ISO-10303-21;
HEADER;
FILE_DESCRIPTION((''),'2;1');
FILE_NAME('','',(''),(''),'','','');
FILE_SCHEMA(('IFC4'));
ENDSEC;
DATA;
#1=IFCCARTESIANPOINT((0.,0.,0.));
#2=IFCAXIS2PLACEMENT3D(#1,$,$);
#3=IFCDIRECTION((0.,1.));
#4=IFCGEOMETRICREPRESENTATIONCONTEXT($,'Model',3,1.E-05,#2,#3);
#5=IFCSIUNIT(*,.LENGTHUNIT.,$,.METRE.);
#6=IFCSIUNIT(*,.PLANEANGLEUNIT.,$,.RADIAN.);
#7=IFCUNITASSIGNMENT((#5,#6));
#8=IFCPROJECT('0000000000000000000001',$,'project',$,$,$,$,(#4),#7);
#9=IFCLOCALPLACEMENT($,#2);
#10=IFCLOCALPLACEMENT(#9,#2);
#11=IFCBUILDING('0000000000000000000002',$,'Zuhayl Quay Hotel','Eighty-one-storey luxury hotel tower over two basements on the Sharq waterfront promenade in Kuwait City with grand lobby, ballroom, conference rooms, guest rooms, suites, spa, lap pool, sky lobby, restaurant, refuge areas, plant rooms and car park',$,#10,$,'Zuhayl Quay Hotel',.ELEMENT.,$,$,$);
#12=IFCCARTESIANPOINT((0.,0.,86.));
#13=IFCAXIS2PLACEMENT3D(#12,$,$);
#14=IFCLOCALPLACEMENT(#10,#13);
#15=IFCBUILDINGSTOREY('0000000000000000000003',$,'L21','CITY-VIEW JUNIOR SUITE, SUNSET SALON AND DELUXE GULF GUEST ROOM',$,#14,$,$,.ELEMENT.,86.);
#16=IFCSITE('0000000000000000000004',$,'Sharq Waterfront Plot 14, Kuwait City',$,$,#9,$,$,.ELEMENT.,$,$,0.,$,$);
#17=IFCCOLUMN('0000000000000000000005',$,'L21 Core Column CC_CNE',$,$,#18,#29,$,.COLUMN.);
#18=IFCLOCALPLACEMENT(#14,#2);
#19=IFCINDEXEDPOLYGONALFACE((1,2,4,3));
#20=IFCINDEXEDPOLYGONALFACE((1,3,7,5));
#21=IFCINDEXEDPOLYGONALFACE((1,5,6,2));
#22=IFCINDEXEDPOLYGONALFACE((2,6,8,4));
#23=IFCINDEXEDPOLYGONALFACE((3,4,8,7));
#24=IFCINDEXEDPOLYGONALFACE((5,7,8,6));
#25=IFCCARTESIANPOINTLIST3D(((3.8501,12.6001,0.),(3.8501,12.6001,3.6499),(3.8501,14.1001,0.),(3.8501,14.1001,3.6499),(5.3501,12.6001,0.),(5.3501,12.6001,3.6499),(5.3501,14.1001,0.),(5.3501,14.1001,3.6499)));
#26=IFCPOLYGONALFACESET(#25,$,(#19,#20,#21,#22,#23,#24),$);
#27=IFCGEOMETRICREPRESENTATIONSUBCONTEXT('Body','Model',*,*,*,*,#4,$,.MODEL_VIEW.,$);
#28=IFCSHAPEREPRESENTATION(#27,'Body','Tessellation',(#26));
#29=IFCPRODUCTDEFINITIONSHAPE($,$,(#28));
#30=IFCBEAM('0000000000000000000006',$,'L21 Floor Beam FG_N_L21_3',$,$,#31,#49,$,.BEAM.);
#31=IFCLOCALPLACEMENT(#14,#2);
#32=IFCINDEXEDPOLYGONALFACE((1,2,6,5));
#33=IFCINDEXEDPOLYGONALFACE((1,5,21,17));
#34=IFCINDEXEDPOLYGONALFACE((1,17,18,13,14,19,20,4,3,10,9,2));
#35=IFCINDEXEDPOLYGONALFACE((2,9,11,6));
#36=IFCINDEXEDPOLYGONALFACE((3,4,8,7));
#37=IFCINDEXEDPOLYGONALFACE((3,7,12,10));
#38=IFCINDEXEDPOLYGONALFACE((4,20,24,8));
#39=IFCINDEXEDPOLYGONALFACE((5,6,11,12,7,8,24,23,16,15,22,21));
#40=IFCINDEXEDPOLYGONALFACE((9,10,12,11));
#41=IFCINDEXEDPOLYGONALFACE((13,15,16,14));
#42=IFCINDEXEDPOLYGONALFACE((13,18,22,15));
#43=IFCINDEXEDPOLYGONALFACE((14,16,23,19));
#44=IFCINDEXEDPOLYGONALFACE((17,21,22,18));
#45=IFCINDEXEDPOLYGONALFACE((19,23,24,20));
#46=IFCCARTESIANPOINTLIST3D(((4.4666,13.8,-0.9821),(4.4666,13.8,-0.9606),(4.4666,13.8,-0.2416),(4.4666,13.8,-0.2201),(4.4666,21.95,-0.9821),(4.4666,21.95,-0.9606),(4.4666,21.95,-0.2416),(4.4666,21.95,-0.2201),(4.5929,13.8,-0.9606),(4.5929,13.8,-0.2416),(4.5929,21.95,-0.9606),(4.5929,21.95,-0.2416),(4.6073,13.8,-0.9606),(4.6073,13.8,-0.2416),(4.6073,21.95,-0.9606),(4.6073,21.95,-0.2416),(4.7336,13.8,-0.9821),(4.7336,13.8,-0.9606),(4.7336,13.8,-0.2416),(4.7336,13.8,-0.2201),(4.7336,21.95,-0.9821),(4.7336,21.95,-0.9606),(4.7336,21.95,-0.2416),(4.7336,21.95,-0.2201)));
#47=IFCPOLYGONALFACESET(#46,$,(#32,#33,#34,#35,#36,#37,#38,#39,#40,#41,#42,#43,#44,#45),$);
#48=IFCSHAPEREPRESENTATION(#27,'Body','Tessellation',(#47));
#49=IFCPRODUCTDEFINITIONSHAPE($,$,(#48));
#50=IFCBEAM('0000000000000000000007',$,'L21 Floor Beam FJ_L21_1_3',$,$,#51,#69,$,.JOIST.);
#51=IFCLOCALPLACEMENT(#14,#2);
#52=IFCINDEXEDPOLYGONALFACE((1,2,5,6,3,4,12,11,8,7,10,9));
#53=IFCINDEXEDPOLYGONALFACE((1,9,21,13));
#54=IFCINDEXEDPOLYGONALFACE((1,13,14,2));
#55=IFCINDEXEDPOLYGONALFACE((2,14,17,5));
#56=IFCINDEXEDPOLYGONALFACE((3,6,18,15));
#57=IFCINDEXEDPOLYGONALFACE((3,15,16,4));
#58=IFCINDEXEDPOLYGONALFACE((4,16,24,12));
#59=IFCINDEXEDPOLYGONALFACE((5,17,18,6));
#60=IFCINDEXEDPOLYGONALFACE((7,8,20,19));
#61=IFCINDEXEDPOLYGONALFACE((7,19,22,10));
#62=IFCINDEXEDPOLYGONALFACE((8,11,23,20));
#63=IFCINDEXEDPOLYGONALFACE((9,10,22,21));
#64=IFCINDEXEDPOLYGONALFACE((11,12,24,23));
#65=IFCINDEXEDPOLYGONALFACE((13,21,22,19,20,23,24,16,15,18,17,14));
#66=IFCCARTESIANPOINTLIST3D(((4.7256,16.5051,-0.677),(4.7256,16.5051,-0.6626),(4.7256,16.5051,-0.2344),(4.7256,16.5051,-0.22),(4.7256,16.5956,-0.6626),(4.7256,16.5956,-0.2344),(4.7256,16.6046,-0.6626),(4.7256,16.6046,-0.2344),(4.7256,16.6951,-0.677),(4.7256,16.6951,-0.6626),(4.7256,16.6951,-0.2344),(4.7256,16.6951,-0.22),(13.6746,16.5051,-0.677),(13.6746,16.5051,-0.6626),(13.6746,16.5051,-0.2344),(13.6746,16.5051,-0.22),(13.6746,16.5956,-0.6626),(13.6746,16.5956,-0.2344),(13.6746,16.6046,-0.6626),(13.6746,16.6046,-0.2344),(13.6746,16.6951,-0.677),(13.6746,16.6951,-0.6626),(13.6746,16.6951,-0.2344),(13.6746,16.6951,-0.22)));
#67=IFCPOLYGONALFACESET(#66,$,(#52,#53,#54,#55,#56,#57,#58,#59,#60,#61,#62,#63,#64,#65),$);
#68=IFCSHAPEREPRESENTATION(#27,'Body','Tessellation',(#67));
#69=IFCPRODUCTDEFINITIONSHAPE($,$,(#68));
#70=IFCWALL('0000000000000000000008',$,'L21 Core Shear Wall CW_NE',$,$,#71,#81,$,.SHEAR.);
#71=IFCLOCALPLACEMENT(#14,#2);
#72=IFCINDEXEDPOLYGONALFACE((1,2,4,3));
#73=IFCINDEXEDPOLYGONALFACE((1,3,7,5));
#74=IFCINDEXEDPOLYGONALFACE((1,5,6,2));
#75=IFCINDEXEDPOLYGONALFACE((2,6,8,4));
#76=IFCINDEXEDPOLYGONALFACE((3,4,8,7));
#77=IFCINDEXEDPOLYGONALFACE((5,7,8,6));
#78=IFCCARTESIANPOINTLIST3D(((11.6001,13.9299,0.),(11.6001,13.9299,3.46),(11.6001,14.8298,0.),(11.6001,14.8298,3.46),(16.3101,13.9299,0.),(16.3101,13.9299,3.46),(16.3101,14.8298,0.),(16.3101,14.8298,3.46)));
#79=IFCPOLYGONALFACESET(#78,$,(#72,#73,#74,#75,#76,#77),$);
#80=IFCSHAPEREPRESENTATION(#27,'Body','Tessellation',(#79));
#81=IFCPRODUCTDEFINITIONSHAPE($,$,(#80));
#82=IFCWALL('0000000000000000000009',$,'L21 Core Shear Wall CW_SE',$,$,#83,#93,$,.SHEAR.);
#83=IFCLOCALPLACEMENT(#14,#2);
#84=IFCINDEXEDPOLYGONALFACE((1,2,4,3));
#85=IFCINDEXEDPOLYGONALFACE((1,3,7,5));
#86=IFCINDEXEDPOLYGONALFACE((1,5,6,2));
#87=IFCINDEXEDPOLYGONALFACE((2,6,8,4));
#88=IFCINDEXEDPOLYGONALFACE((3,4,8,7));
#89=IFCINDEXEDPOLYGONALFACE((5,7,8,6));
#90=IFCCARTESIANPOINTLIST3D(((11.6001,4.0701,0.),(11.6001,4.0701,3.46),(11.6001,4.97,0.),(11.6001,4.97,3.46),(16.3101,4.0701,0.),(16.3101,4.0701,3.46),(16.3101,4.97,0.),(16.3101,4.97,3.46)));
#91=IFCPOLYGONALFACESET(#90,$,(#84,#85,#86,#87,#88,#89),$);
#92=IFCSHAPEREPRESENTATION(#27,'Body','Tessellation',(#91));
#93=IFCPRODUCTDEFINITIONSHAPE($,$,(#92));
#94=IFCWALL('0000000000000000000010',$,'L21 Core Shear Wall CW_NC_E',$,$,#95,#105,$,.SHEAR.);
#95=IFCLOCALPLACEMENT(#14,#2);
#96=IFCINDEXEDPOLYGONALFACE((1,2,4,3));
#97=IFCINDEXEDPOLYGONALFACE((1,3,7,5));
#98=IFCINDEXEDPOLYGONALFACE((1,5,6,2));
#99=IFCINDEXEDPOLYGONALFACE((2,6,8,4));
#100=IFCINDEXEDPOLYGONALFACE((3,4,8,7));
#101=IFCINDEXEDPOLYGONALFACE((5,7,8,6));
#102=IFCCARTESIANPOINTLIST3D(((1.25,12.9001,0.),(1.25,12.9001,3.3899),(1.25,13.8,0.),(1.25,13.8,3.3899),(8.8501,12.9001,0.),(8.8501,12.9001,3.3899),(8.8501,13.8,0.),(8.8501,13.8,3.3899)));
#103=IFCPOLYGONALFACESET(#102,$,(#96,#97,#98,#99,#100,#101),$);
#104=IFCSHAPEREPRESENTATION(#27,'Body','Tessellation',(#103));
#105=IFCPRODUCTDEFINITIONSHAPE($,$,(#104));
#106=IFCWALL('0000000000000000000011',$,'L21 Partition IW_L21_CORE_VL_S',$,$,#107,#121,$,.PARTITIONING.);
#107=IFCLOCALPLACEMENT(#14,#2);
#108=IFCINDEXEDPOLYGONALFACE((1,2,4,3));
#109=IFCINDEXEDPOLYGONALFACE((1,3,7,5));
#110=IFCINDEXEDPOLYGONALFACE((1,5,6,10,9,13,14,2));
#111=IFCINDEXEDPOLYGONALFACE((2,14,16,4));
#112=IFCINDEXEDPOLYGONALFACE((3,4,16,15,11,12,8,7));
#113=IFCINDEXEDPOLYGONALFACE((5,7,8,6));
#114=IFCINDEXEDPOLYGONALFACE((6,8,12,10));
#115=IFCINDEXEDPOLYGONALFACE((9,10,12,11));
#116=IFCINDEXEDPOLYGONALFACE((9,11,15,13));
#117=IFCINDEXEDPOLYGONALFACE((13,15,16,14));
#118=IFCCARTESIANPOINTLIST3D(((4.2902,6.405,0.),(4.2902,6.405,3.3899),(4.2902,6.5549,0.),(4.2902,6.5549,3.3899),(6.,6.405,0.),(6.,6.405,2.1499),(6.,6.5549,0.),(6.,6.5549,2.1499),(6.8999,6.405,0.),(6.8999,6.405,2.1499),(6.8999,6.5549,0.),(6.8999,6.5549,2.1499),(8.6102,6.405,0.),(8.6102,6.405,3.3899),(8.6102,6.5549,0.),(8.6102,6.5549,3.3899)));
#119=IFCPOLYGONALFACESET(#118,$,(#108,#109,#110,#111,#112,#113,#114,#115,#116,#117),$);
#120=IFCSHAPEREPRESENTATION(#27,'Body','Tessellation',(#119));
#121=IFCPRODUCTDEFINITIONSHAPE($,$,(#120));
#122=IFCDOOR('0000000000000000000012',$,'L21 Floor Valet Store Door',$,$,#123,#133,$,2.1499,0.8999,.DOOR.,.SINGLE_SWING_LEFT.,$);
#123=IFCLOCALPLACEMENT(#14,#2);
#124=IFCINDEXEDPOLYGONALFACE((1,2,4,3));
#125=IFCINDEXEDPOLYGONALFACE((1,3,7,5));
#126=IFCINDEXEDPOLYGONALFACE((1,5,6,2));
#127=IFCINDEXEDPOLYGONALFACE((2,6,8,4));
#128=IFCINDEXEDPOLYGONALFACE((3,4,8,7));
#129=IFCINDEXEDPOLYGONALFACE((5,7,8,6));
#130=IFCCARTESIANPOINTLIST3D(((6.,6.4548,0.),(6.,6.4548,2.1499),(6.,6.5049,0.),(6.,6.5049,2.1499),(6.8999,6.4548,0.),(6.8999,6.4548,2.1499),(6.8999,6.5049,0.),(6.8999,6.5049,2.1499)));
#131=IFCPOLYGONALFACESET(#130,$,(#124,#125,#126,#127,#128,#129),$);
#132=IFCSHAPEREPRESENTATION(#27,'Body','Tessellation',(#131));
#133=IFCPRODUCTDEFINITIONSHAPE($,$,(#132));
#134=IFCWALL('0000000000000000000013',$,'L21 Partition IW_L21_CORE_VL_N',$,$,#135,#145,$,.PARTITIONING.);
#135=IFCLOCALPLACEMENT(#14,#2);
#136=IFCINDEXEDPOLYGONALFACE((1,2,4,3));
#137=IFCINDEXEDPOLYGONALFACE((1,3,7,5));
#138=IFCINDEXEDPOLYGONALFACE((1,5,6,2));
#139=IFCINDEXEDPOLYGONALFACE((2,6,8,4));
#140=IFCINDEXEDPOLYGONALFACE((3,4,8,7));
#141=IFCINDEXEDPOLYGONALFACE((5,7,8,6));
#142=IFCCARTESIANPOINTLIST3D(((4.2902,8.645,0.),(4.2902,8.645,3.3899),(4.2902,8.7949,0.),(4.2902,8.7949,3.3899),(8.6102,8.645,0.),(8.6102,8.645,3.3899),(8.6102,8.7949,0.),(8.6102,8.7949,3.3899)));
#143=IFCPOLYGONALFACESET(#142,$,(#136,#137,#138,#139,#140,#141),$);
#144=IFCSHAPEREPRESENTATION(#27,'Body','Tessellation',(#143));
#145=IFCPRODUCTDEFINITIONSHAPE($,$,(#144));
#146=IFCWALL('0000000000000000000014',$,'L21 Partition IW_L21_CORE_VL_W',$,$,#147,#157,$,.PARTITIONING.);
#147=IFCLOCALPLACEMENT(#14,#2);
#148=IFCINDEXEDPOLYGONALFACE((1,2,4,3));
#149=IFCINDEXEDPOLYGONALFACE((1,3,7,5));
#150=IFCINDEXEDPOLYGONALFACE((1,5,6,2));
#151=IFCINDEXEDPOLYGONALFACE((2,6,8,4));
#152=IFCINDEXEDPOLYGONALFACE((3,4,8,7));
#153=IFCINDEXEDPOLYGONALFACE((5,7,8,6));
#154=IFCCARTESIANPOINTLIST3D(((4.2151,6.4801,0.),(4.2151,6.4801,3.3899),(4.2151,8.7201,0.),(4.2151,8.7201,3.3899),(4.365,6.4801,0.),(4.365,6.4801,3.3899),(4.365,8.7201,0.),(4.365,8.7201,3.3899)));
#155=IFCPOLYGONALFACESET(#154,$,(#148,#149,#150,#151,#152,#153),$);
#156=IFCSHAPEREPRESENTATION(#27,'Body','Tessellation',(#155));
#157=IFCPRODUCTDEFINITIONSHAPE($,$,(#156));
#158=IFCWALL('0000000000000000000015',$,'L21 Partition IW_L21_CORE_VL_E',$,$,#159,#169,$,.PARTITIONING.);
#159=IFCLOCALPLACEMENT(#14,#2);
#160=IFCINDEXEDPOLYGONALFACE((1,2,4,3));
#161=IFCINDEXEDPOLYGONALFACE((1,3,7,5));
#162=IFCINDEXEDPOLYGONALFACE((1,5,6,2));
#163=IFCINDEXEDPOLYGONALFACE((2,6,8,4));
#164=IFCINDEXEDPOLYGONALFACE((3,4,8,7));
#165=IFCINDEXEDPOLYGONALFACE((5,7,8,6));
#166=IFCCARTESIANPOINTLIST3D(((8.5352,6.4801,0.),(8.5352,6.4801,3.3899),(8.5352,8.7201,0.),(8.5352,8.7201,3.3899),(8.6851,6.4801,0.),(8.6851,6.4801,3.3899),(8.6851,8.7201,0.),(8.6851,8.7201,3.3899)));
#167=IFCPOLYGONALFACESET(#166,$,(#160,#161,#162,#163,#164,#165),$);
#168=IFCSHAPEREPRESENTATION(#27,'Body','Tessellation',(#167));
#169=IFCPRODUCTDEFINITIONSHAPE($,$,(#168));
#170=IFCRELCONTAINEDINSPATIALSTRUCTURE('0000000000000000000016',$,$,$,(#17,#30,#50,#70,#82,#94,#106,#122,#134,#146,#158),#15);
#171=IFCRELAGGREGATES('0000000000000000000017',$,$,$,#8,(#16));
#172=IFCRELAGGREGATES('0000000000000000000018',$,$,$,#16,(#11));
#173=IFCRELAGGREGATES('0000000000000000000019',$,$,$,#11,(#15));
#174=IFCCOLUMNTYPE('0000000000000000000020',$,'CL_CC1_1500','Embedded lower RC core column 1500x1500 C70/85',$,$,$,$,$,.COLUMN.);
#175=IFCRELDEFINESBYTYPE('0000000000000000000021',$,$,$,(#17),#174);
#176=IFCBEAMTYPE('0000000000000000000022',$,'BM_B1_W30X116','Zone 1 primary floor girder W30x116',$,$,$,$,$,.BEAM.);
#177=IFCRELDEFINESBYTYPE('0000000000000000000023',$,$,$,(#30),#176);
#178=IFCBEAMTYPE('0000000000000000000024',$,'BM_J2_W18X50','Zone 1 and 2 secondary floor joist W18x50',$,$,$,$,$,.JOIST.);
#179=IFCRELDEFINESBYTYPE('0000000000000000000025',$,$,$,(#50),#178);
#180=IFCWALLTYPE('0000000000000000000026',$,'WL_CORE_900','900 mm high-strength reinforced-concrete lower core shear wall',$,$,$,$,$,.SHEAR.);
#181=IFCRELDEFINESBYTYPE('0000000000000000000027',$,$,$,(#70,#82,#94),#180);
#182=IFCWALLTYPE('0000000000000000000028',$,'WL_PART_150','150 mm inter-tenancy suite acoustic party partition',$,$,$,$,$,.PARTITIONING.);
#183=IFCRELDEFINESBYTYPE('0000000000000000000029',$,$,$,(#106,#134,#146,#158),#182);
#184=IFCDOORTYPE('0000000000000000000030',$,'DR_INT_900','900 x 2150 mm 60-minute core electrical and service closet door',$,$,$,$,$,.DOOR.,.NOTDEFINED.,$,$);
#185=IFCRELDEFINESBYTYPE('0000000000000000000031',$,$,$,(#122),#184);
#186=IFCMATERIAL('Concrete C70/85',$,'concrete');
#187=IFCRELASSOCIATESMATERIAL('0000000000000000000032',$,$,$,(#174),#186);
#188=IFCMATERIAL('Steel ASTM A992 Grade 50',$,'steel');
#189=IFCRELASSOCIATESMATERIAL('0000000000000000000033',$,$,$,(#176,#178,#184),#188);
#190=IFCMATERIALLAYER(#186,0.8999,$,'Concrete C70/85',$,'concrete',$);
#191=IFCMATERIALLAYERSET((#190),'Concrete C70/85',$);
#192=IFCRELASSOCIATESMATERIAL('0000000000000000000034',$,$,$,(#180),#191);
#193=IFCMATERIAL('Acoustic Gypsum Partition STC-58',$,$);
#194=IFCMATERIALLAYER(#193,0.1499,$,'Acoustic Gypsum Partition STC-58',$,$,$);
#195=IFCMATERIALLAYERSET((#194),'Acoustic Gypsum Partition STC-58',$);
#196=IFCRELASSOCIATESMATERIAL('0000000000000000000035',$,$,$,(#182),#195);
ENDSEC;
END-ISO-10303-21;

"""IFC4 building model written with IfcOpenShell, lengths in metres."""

from ifc_helpers import new_model, si_unit, direction, frame, frame_2d, origin, origin_2d, place, context, subcontext, project, spatial, rectangle, i_section, extrude, material, layer, layer_set, material_profile, profile_set, type_object, element, fill, save


model = new_model("IFC4")

# Units and contexts
model_context = context("Model", 3, precision=1e-05, world=origin(), true_north=direction((0.0, 1.0)))
body_context = subcontext(model_context, "Body", "Model", "MODEL_VIEW")
ifc_project = project(units=[si_unit("LENGTHUNIT", "METRE"), si_unit("PLANEANGLEUNIT", "RADIAN")], contexts=[model_context])

# Site, building, storey
site_placement = place(None, origin())
site = spatial("IfcSite", under=ifc_project, at=site_placement, Name="Sharq Waterfront Plot 14, Kuwait City", CompositionType="ELEMENT", RefElevation=0.0)
building_placement = place(site_placement, origin())
building = spatial("IfcBuilding", under=site, at=building_placement, Name="Zuhayl Quay Hotel", Description="Eighty-one-storey luxury hotel tower over two basements on the Sharq waterfront promenade in Kuwait City with grand lobby, ballroom, conference rooms, guest rooms, suites, spa, lap pool, sky lobby, restaurant, refuge areas, plant rooms and car park", LongName="Zuhayl Quay Hotel", CompositionType="ELEMENT")
storey_placement = place(building_placement, frame((0.0, 0.0, 86.0)))
storey = spatial("IfcBuildingStorey", under=building, at=storey_placement, Name="L21", Description="CITY-VIEW JUNIOR SUITE, SUNSET SALON AND DELUXE GULF GUEST ROOM", CompositionType="ELEMENT", Elevation=86.0)

# Column
ifc_material_1 = material(Name="Concrete C70/85", Category="concrete")
ifc_material_profile_1 = material_profile(ifc_material_1, rectangle(XDim=1.5, YDim=1.5, at=origin_2d()), Name="RC1500X1500")
ifc_profile_set_1 = profile_set([ifc_material_profile_1], Name="Concrete C70/85")
column_type = type_object("IfcColumnType", Name="CL_CC1_1500", Description="Embedded lower RC core column 1500x1500 C70/85", PredefinedType="COLUMN", material=ifc_profile_set_1)
column_placement = place(storey_placement, frame((4.6001, 13.3501, 0.0), z_axis=(0.0, 0.0, 1.0), x_axis=(1.0, 0.0, 0.0)))
element("IfcColumn", 1, at=column_placement, inside=storey, type_object=column_type, Name="L21 Core Column CC_CNE", PredefinedType="COLUMN", context=body_context, shape_type="SweptSolid", body=[
    extrude(rectangle(XDim=1.5, YDim=1.5, at=origin_2d()), origin(), (0.0, 0.0, 1.0), 3.6499),
])

# Beams
ifc_material_2 = material(Name="Steel ASTM A992 Grade 50", Category="steel")
ifc_material_profile_2 = material_profile(ifc_material_2, i_section(OverallWidth=0.2671, OverallDepth=0.762, WebThickness=0.0144, FlangeThickness=0.0215, at=origin_2d()), Name="W30X116")
ifc_profile_set_2 = profile_set([ifc_material_profile_2], Name="Steel ASTM A992 Grade 50")
beam_type_1 = type_object("IfcBeamType", Name="BM_B1_W30X116", Description="Zone 1 primary floor girder W30x116", PredefinedType="BEAM", material=ifc_profile_set_2)
beam_1_placement = place(storey_placement, frame((4.6001, 13.8, -0.6011), z_axis=(0.0, 1.0, 0.0), x_axis=(-1.0, 0.0, 0.0)))
element("IfcBeam", 2, at=beam_1_placement, inside=storey, type_object=beam_type_1, Name="L21 Floor Beam FG_N_L21_3", PredefinedType="BEAM", context=body_context, shape_type="SweptSolid", body=[
    extrude(i_section(OverallWidth=0.2671, OverallDepth=0.762, WebThickness=0.0144, FlangeThickness=0.0215, at=origin_2d()), origin(), (0.0, 0.0, 1.0), 8.1499),
])
ifc_material_profile_3 = material_profile(ifc_material_2, i_section(OverallWidth=0.1899, OverallDepth=0.457, WebThickness=0.009, FlangeThickness=0.0144, at=origin_2d()), Name="W18X50")
ifc_profile_set_3 = profile_set([ifc_material_profile_3], Name="Steel ASTM A992 Grade 50")
beam_type_2 = type_object("IfcBeamType", Name="BM_J2_W18X50", Description="Zone 1 and 2 secondary floor joist W18x50", PredefinedType="JOIST", material=ifc_profile_set_3)
beam_2_placement = place(storey_placement, frame((4.7256, 16.6001, -0.4485), z_axis=(1.0, 0.0, 0.0), x_axis=(0.0, 1.0, 0.0)))
element("IfcBeam", 3, at=beam_2_placement, inside=storey, type_object=beam_type_2, Name="L21 Floor Beam FJ_L21_1_3", PredefinedType="JOIST", context=body_context, shape_type="SweptSolid", body=[
    extrude(i_section(OverallWidth=0.1899, OverallDepth=0.457, WebThickness=0.009, FlangeThickness=0.0144, at=origin_2d()), origin(), (0.0, 0.0, 1.0), 8.949),
])

# Walls
ifc_layer_1 = layer(ifc_material_1, 0.8999, Name="Concrete C70/85", Category="concrete")
ifc_layer_set_1 = layer_set([ifc_layer_1], Name="Concrete C70/85")
wall_type_1 = type_object("IfcWallType", Name="WL_CORE_900", Description="900 mm high-strength reinforced-concrete lower core shear wall", PredefinedType="SHEAR", material=ifc_layer_set_1)
for number, where, z_axis, x_axis, name in (
    (4, (11.6001, 14.3799, 0.0), (0.0, 0.0, 1.0), (1.0, 0.0, 0.0), "L21 Core Shear Wall CW_NE"),
    (5, (11.6001, 4.52, 0.0), (0.0, 0.0, 1.0), (1.0, 0.0, 0.0), "L21 Core Shear Wall CW_SE"),
):
    element("IfcWall", number, at=place(storey_placement, frame(where, z_axis=z_axis, x_axis=x_axis)), inside=storey, type_object=wall_type_1, Name=name, PredefinedType="SHEAR", context=body_context, shape_type="SweptSolid", body=[
        extrude(rectangle(XDim=4.71, YDim=0.8999, at=frame_2d((2.355, 0.0))), origin(), (0.0, 0.0, 1.0), 3.46),
    ])
wall_1_placement = place(storey_placement, frame((1.25, 13.3501, 0.0), z_axis=(0.0, 0.0, 1.0), x_axis=(1.0, 0.0, 0.0)))
element("IfcWall", 6, at=wall_1_placement, inside=storey, type_object=wall_type_1, Name="L21 Core Shear Wall CW_NC_E", PredefinedType="SHEAR", context=body_context, shape_type="SweptSolid", body=[
    extrude(rectangle(XDim=7.6001, YDim=0.8999, at=frame_2d((3.8, 0.0))), origin(), (0.0, 0.0, 1.0), 3.3899),
])

# Wall, opening, door
ifc_material_3 = material(Name="Acoustic Gypsum Partition STC-58")
ifc_layer_2 = layer(ifc_material_3, 0.1499, Name="Acoustic Gypsum Partition STC-58")
ifc_layer_set_2 = layer_set([ifc_layer_2], Name="Acoustic Gypsum Partition STC-58")
wall_type_2 = type_object("IfcWallType", Name="WL_PART_150", Description="150 mm inter-tenancy suite acoustic party partition", PredefinedType="PARTITIONING", material=ifc_layer_set_2)
wall_2_placement = place(storey_placement, frame((4.29, 6.48, 0.0), z_axis=(0.0, 0.0, 1.0), x_axis=(1.0, 0.0, 0.0)))
wall_2 = element("IfcWall", 7, at=wall_2_placement, inside=storey, type_object=wall_type_2, Name="L21 Partition IW_L21_CORE_VL_S", PredefinedType="PARTITIONING", context=body_context, shape_type="SweptSolid", body=[
    extrude(rectangle(XDim=4.3201, YDim=0.1499, at=frame_2d((2.1602, 0.0))), origin(), (0.0, 0.0, 1.0), 3.3899),
])
opening_1_placement = place(wall_2_placement, frame((1.71, 0.0, 0.0)))
opening_1 = element("IfcOpeningElement", 8, at=opening_1_placement, cuts=wall_2, PredefinedType="OPENING", context=body_context, shape_type="SweptSolid", body=[
    extrude(rectangle(XDim=0.8999, YDim=2.1499, at=frame_2d((0.45, 1.075))), frame((0.0, 0.085, 0.0), z_axis=(0.0, -1.0, 0.0), x_axis=(1.0, 0.0, 0.0)), (0.0, 0.0, 1.0), 0.1699),
])
door_type_1 = type_object("IfcDoorType", Name="DR_INT_900", Description="900 x 2150 mm 60-minute core electrical and service closet door", OperationType="NOTDEFINED", PredefinedType="DOOR", material=ifc_material_2)
door_1_placement = place(opening_1_placement, origin())
door_1 = element("IfcDoor", 9, at=door_1_placement, inside=storey, type_object=door_type_1, Name="L21 Floor Valet Store Door", OperationType="SINGLE_SWING_LEFT", OverallHeight=2.1499, OverallWidth=0.8999, PredefinedType="DOOR", context=body_context, shape_type="SweptSolid", body=[
    extrude(rectangle(XDim=0.8999, YDim=2.1499, at=frame_2d((0.45, 1.075))), frame((0.0, 0.0249, 0.0), z_axis=(0.0, -1.0, 0.0), x_axis=(1.0, 0.0, 0.0)), (0.0, 0.0, 1.0), 0.05),
])
fill(opening_1, door_1)

# Walls
wall_3_placement = place(storey_placement, frame((4.29, 8.72, 0.0), z_axis=(0.0, 0.0, 1.0), x_axis=(1.0, 0.0, 0.0)))
element("IfcWall", 10, at=wall_3_placement, inside=storey, type_object=wall_type_2, Name="L21 Partition IW_L21_CORE_VL_N", PredefinedType="PARTITIONING", context=body_context, shape_type="SweptSolid", body=[
    extrude(rectangle(XDim=4.3201, YDim=0.1499, at=frame_2d((2.1602, 0.0))), origin(), (0.0, 0.0, 1.0), 3.3899),
])
for number, where, z_axis, x_axis, name in (
    (11, (4.29, 6.48, 0.0), (0.0, 0.0, 1.0), (0.0, 1.0, 0.0), "L21 Partition IW_L21_CORE_VL_W"),
    (12, (8.6101, 6.48, 0.0), (0.0, 0.0, 1.0), (0.0, 1.0, 0.0), "L21 Partition IW_L21_CORE_VL_E"),
):
    element("IfcWall", number, at=place(storey_placement, frame(where, z_axis=z_axis, x_axis=x_axis)), inside=storey, type_object=wall_type_2, Name=name, PredefinedType="PARTITIONING", context=body_context, shape_type="SweptSolid", body=[
        extrude(rectangle(XDim=2.24, YDim=0.1499, at=frame_2d((1.1201, 0.0))), origin(), (0.0, 0.0, 1.0), 3.3899),
    ])

save(model, "model.ifc")
